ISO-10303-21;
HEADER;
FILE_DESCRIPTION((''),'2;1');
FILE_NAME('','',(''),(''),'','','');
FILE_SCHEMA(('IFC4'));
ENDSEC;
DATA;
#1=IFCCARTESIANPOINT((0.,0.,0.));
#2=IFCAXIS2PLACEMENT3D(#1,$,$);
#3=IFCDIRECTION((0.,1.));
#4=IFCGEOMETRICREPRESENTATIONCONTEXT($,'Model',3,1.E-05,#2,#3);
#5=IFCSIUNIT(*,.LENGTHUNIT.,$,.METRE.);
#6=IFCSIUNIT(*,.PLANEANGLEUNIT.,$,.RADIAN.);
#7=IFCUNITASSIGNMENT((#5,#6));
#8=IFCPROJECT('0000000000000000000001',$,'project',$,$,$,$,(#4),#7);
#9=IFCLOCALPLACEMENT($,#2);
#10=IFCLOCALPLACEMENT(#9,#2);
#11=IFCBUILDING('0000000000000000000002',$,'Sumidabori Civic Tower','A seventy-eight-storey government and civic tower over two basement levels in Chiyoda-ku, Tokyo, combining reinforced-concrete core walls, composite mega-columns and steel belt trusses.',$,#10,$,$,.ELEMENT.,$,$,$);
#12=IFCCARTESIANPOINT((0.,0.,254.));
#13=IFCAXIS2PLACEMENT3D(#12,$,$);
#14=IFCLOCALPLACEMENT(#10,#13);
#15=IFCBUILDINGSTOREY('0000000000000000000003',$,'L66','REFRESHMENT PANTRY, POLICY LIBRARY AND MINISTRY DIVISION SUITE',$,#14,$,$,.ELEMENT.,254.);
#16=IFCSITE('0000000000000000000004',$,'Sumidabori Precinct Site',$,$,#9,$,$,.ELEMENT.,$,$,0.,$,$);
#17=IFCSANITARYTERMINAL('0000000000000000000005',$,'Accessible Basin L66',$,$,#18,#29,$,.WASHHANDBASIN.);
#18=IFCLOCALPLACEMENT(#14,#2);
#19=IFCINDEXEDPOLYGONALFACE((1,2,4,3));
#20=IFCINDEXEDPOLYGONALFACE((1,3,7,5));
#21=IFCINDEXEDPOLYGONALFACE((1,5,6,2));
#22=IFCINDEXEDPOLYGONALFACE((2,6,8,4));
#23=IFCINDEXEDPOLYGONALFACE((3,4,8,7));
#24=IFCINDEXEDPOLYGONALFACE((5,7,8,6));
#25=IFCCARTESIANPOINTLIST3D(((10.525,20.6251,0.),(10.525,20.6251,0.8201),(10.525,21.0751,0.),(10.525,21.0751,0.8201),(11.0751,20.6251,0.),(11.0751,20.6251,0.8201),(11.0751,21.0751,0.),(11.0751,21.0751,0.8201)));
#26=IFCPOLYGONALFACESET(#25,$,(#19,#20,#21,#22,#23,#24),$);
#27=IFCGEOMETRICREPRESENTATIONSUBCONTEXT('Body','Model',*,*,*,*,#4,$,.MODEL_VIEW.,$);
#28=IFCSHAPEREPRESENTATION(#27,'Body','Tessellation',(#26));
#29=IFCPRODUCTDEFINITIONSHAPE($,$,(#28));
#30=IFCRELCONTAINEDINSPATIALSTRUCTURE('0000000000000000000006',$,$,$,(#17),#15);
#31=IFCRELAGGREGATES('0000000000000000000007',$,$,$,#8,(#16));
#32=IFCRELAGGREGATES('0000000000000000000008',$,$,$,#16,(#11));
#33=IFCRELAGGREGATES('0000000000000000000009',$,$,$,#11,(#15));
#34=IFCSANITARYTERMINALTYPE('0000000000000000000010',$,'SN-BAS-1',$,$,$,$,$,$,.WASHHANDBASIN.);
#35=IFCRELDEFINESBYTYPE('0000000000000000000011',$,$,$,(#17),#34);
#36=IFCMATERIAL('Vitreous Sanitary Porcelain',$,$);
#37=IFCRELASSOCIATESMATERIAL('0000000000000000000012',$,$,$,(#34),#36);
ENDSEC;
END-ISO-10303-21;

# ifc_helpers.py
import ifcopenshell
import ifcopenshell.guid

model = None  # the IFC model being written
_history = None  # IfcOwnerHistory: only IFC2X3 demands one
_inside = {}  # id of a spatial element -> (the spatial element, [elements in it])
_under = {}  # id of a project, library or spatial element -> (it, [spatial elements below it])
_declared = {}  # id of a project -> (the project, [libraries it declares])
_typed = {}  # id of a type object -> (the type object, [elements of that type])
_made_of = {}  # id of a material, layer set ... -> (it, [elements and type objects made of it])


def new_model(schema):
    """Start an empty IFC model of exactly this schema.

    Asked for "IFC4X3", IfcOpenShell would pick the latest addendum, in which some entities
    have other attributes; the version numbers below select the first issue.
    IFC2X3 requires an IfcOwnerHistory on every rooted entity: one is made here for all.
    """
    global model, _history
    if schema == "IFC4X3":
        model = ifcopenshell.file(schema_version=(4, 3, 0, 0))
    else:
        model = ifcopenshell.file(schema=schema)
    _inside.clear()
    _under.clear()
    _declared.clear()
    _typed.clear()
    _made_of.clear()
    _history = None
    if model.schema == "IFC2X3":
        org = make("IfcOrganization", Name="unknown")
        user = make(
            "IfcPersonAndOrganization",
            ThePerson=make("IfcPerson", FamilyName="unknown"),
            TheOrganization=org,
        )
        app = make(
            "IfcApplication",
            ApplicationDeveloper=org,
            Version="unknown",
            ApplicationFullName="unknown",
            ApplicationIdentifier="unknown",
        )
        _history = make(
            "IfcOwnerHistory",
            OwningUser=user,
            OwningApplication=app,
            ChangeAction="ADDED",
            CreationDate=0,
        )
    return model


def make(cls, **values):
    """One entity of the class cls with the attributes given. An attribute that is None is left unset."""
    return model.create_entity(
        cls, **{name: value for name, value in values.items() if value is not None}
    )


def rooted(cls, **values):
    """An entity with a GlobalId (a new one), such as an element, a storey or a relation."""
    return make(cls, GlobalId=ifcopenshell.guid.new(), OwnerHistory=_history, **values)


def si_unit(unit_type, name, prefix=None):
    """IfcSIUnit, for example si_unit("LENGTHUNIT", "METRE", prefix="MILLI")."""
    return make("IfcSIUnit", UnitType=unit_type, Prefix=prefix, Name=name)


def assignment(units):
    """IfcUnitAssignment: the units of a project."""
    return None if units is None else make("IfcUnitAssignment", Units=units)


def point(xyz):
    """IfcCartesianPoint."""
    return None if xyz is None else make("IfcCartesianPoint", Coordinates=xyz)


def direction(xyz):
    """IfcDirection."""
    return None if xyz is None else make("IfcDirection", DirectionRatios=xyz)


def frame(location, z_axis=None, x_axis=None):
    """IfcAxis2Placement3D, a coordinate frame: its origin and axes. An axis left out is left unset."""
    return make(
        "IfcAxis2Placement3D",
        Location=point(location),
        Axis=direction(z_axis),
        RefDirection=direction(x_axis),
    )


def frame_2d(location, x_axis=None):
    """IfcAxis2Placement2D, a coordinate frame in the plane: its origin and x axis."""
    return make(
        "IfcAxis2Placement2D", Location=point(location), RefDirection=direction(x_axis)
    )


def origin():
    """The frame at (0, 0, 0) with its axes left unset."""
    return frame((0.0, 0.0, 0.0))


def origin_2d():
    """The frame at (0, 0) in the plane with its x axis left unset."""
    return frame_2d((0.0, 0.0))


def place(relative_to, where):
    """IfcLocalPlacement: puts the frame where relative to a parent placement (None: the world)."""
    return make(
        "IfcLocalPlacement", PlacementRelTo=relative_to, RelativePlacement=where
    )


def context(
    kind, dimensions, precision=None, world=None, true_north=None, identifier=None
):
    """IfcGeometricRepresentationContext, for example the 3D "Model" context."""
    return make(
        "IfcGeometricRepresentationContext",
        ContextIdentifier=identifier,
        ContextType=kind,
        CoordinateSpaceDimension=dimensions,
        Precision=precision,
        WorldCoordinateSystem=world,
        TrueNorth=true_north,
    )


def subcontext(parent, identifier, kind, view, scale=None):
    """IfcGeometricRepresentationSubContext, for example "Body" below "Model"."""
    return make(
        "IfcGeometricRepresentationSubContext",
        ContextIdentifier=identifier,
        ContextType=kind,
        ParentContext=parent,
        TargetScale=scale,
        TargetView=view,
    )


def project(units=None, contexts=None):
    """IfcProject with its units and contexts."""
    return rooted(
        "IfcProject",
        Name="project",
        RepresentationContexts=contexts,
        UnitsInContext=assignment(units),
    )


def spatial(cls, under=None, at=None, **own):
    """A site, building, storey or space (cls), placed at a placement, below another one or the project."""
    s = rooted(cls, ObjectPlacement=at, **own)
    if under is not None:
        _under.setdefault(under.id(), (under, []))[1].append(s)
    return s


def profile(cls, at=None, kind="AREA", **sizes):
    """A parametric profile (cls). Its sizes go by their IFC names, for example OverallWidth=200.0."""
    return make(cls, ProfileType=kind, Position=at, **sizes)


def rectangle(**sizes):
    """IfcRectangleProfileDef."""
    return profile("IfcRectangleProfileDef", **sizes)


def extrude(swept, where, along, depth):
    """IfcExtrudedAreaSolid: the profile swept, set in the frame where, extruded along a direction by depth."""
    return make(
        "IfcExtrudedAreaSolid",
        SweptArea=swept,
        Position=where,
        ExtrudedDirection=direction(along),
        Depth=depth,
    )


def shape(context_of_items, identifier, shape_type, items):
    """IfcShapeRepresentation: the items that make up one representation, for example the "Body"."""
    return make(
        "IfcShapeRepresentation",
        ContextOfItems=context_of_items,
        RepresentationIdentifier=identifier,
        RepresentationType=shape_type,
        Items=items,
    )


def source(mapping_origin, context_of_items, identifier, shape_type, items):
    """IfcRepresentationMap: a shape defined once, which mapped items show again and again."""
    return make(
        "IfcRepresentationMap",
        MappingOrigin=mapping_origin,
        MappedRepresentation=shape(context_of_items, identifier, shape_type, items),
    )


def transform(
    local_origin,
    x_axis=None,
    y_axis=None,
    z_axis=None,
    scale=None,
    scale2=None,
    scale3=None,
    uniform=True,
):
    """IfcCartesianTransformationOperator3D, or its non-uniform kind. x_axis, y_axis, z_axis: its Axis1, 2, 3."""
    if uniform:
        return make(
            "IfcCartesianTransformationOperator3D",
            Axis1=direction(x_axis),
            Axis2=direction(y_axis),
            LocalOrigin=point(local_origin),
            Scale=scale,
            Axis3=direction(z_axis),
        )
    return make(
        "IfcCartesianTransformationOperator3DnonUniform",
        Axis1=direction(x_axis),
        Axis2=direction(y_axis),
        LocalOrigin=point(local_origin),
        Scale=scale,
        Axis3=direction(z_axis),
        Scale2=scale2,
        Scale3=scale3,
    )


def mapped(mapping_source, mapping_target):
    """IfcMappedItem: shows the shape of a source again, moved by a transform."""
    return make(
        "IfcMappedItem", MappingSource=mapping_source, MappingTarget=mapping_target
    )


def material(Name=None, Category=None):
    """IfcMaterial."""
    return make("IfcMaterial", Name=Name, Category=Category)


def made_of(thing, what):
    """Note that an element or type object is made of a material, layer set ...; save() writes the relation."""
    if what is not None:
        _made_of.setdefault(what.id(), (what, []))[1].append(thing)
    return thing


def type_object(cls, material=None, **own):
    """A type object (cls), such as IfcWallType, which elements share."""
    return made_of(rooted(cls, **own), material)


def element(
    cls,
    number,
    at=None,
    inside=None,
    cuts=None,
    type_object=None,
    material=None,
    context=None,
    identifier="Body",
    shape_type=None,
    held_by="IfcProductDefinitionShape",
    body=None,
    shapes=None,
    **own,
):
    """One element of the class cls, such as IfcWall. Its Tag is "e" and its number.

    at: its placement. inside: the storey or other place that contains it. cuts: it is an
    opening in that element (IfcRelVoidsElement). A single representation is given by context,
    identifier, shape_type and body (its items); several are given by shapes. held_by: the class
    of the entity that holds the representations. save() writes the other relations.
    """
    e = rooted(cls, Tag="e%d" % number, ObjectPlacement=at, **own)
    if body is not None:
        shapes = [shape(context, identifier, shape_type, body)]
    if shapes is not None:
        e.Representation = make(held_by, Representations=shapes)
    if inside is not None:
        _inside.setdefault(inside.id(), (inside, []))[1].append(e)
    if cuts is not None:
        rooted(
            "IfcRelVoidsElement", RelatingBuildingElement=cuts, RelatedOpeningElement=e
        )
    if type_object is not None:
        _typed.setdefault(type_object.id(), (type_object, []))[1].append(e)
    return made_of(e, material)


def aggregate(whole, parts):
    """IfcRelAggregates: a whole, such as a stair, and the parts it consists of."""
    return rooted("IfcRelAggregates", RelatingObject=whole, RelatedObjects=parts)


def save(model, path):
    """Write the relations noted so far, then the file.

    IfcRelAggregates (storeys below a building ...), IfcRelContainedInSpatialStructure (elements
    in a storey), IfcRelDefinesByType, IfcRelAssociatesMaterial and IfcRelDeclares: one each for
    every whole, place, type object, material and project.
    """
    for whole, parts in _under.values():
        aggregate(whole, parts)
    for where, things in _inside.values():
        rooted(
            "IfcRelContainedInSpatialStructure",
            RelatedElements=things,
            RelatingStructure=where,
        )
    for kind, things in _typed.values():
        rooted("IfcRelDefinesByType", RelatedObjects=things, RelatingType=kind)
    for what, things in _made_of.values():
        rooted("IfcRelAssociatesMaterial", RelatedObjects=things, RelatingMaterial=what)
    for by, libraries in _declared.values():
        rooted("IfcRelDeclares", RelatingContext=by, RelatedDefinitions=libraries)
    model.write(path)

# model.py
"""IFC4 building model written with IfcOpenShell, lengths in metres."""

from ifc_helpers import new_model, si_unit, direction, frame, origin, origin_2d, place, context, subcontext, project, spatial, rectangle, extrude, source, transform, mapped, material, type_object, element, save


model = new_model("IFC4")

# Units and contexts
model_context = context("Model", 3, precision=1e-05, world=origin(), true_north=direction((0.0, 1.0)))
body_context = subcontext(model_context, "Body", "Model", "MODEL_VIEW")
ifc_project = project(units=[si_unit("LENGTHUNIT", "METRE"), si_unit("PLANEANGLEUNIT", "RADIAN")], contexts=[model_context])

# Site, building, storey
site_placement = place(None, origin())
site = spatial("IfcSite", under=ifc_project, at=site_placement, Name="Sumidabori Precinct Site", CompositionType="ELEMENT", RefElevation=0.0)
building_placement = place(site_placement, origin())
building = spatial("IfcBuilding", under=site, at=building_placement, Name="Sumidabori Civic Tower", Description="A seventy-eight-storey government and civic tower over two basement levels in Chiyoda-ku, Tokyo, combining reinforced-concrete core walls, composite mega-columns and steel belt trusses.", CompositionType="ELEMENT")
storey_placement = place(building_placement, frame((0.0, 0.0, 254.0)))
storey = spatial("IfcBuildingStorey", under=building, at=storey_placement, Name="L66", Description="REFRESHMENT PANTRY, POLICY LIBRARY AND MINISTRY DIVISION SUITE", CompositionType="ELEMENT", Elevation=254.0)

# Sanitary terminal
ifc_material_1 = material(Name="Vitreous Sanitary Porcelain")
sanitary_terminal_type_1 = type_object("IfcSanitaryTerminalType", Name="SN-BAS-1", PredefinedType="WASHHANDBASIN", material=ifc_material_1)
shared_shape_1 = source(origin(), body_context, "Body", "SweptSolid", [
    extrude(rectangle(XDim=0.55, YDim=0.45, at=origin_2d()), origin(), (0.0, 0.0, 1.0), 0.8201),
])
sanitary_terminal_1_placement = place(storey_placement, frame((10.8, 20.8501, 0.0), z_axis=(0.0, 0.0, 1.0), x_axis=(1.0, 0.0, 0.0)))
element("IfcSanitaryTerminal", 1, at=sanitary_terminal_1_placement, inside=storey, type_object=sanitary_terminal_type_1, Name="Accessible Basin L66", PredefinedType="WASHHANDBASIN", context=body_context, shape_type="MappedRepresentation", body=[
    mapped(shared_shape_1, transform((0.0, 0.0, 0.0), x_axis=(1.0, 0.0, 0.0), y_axis=(0.0, 1.0, 0.0), z_axis=(0.0, 0.0, 1.0), scale=1.0)),
])

save(model, "model.ifc")
